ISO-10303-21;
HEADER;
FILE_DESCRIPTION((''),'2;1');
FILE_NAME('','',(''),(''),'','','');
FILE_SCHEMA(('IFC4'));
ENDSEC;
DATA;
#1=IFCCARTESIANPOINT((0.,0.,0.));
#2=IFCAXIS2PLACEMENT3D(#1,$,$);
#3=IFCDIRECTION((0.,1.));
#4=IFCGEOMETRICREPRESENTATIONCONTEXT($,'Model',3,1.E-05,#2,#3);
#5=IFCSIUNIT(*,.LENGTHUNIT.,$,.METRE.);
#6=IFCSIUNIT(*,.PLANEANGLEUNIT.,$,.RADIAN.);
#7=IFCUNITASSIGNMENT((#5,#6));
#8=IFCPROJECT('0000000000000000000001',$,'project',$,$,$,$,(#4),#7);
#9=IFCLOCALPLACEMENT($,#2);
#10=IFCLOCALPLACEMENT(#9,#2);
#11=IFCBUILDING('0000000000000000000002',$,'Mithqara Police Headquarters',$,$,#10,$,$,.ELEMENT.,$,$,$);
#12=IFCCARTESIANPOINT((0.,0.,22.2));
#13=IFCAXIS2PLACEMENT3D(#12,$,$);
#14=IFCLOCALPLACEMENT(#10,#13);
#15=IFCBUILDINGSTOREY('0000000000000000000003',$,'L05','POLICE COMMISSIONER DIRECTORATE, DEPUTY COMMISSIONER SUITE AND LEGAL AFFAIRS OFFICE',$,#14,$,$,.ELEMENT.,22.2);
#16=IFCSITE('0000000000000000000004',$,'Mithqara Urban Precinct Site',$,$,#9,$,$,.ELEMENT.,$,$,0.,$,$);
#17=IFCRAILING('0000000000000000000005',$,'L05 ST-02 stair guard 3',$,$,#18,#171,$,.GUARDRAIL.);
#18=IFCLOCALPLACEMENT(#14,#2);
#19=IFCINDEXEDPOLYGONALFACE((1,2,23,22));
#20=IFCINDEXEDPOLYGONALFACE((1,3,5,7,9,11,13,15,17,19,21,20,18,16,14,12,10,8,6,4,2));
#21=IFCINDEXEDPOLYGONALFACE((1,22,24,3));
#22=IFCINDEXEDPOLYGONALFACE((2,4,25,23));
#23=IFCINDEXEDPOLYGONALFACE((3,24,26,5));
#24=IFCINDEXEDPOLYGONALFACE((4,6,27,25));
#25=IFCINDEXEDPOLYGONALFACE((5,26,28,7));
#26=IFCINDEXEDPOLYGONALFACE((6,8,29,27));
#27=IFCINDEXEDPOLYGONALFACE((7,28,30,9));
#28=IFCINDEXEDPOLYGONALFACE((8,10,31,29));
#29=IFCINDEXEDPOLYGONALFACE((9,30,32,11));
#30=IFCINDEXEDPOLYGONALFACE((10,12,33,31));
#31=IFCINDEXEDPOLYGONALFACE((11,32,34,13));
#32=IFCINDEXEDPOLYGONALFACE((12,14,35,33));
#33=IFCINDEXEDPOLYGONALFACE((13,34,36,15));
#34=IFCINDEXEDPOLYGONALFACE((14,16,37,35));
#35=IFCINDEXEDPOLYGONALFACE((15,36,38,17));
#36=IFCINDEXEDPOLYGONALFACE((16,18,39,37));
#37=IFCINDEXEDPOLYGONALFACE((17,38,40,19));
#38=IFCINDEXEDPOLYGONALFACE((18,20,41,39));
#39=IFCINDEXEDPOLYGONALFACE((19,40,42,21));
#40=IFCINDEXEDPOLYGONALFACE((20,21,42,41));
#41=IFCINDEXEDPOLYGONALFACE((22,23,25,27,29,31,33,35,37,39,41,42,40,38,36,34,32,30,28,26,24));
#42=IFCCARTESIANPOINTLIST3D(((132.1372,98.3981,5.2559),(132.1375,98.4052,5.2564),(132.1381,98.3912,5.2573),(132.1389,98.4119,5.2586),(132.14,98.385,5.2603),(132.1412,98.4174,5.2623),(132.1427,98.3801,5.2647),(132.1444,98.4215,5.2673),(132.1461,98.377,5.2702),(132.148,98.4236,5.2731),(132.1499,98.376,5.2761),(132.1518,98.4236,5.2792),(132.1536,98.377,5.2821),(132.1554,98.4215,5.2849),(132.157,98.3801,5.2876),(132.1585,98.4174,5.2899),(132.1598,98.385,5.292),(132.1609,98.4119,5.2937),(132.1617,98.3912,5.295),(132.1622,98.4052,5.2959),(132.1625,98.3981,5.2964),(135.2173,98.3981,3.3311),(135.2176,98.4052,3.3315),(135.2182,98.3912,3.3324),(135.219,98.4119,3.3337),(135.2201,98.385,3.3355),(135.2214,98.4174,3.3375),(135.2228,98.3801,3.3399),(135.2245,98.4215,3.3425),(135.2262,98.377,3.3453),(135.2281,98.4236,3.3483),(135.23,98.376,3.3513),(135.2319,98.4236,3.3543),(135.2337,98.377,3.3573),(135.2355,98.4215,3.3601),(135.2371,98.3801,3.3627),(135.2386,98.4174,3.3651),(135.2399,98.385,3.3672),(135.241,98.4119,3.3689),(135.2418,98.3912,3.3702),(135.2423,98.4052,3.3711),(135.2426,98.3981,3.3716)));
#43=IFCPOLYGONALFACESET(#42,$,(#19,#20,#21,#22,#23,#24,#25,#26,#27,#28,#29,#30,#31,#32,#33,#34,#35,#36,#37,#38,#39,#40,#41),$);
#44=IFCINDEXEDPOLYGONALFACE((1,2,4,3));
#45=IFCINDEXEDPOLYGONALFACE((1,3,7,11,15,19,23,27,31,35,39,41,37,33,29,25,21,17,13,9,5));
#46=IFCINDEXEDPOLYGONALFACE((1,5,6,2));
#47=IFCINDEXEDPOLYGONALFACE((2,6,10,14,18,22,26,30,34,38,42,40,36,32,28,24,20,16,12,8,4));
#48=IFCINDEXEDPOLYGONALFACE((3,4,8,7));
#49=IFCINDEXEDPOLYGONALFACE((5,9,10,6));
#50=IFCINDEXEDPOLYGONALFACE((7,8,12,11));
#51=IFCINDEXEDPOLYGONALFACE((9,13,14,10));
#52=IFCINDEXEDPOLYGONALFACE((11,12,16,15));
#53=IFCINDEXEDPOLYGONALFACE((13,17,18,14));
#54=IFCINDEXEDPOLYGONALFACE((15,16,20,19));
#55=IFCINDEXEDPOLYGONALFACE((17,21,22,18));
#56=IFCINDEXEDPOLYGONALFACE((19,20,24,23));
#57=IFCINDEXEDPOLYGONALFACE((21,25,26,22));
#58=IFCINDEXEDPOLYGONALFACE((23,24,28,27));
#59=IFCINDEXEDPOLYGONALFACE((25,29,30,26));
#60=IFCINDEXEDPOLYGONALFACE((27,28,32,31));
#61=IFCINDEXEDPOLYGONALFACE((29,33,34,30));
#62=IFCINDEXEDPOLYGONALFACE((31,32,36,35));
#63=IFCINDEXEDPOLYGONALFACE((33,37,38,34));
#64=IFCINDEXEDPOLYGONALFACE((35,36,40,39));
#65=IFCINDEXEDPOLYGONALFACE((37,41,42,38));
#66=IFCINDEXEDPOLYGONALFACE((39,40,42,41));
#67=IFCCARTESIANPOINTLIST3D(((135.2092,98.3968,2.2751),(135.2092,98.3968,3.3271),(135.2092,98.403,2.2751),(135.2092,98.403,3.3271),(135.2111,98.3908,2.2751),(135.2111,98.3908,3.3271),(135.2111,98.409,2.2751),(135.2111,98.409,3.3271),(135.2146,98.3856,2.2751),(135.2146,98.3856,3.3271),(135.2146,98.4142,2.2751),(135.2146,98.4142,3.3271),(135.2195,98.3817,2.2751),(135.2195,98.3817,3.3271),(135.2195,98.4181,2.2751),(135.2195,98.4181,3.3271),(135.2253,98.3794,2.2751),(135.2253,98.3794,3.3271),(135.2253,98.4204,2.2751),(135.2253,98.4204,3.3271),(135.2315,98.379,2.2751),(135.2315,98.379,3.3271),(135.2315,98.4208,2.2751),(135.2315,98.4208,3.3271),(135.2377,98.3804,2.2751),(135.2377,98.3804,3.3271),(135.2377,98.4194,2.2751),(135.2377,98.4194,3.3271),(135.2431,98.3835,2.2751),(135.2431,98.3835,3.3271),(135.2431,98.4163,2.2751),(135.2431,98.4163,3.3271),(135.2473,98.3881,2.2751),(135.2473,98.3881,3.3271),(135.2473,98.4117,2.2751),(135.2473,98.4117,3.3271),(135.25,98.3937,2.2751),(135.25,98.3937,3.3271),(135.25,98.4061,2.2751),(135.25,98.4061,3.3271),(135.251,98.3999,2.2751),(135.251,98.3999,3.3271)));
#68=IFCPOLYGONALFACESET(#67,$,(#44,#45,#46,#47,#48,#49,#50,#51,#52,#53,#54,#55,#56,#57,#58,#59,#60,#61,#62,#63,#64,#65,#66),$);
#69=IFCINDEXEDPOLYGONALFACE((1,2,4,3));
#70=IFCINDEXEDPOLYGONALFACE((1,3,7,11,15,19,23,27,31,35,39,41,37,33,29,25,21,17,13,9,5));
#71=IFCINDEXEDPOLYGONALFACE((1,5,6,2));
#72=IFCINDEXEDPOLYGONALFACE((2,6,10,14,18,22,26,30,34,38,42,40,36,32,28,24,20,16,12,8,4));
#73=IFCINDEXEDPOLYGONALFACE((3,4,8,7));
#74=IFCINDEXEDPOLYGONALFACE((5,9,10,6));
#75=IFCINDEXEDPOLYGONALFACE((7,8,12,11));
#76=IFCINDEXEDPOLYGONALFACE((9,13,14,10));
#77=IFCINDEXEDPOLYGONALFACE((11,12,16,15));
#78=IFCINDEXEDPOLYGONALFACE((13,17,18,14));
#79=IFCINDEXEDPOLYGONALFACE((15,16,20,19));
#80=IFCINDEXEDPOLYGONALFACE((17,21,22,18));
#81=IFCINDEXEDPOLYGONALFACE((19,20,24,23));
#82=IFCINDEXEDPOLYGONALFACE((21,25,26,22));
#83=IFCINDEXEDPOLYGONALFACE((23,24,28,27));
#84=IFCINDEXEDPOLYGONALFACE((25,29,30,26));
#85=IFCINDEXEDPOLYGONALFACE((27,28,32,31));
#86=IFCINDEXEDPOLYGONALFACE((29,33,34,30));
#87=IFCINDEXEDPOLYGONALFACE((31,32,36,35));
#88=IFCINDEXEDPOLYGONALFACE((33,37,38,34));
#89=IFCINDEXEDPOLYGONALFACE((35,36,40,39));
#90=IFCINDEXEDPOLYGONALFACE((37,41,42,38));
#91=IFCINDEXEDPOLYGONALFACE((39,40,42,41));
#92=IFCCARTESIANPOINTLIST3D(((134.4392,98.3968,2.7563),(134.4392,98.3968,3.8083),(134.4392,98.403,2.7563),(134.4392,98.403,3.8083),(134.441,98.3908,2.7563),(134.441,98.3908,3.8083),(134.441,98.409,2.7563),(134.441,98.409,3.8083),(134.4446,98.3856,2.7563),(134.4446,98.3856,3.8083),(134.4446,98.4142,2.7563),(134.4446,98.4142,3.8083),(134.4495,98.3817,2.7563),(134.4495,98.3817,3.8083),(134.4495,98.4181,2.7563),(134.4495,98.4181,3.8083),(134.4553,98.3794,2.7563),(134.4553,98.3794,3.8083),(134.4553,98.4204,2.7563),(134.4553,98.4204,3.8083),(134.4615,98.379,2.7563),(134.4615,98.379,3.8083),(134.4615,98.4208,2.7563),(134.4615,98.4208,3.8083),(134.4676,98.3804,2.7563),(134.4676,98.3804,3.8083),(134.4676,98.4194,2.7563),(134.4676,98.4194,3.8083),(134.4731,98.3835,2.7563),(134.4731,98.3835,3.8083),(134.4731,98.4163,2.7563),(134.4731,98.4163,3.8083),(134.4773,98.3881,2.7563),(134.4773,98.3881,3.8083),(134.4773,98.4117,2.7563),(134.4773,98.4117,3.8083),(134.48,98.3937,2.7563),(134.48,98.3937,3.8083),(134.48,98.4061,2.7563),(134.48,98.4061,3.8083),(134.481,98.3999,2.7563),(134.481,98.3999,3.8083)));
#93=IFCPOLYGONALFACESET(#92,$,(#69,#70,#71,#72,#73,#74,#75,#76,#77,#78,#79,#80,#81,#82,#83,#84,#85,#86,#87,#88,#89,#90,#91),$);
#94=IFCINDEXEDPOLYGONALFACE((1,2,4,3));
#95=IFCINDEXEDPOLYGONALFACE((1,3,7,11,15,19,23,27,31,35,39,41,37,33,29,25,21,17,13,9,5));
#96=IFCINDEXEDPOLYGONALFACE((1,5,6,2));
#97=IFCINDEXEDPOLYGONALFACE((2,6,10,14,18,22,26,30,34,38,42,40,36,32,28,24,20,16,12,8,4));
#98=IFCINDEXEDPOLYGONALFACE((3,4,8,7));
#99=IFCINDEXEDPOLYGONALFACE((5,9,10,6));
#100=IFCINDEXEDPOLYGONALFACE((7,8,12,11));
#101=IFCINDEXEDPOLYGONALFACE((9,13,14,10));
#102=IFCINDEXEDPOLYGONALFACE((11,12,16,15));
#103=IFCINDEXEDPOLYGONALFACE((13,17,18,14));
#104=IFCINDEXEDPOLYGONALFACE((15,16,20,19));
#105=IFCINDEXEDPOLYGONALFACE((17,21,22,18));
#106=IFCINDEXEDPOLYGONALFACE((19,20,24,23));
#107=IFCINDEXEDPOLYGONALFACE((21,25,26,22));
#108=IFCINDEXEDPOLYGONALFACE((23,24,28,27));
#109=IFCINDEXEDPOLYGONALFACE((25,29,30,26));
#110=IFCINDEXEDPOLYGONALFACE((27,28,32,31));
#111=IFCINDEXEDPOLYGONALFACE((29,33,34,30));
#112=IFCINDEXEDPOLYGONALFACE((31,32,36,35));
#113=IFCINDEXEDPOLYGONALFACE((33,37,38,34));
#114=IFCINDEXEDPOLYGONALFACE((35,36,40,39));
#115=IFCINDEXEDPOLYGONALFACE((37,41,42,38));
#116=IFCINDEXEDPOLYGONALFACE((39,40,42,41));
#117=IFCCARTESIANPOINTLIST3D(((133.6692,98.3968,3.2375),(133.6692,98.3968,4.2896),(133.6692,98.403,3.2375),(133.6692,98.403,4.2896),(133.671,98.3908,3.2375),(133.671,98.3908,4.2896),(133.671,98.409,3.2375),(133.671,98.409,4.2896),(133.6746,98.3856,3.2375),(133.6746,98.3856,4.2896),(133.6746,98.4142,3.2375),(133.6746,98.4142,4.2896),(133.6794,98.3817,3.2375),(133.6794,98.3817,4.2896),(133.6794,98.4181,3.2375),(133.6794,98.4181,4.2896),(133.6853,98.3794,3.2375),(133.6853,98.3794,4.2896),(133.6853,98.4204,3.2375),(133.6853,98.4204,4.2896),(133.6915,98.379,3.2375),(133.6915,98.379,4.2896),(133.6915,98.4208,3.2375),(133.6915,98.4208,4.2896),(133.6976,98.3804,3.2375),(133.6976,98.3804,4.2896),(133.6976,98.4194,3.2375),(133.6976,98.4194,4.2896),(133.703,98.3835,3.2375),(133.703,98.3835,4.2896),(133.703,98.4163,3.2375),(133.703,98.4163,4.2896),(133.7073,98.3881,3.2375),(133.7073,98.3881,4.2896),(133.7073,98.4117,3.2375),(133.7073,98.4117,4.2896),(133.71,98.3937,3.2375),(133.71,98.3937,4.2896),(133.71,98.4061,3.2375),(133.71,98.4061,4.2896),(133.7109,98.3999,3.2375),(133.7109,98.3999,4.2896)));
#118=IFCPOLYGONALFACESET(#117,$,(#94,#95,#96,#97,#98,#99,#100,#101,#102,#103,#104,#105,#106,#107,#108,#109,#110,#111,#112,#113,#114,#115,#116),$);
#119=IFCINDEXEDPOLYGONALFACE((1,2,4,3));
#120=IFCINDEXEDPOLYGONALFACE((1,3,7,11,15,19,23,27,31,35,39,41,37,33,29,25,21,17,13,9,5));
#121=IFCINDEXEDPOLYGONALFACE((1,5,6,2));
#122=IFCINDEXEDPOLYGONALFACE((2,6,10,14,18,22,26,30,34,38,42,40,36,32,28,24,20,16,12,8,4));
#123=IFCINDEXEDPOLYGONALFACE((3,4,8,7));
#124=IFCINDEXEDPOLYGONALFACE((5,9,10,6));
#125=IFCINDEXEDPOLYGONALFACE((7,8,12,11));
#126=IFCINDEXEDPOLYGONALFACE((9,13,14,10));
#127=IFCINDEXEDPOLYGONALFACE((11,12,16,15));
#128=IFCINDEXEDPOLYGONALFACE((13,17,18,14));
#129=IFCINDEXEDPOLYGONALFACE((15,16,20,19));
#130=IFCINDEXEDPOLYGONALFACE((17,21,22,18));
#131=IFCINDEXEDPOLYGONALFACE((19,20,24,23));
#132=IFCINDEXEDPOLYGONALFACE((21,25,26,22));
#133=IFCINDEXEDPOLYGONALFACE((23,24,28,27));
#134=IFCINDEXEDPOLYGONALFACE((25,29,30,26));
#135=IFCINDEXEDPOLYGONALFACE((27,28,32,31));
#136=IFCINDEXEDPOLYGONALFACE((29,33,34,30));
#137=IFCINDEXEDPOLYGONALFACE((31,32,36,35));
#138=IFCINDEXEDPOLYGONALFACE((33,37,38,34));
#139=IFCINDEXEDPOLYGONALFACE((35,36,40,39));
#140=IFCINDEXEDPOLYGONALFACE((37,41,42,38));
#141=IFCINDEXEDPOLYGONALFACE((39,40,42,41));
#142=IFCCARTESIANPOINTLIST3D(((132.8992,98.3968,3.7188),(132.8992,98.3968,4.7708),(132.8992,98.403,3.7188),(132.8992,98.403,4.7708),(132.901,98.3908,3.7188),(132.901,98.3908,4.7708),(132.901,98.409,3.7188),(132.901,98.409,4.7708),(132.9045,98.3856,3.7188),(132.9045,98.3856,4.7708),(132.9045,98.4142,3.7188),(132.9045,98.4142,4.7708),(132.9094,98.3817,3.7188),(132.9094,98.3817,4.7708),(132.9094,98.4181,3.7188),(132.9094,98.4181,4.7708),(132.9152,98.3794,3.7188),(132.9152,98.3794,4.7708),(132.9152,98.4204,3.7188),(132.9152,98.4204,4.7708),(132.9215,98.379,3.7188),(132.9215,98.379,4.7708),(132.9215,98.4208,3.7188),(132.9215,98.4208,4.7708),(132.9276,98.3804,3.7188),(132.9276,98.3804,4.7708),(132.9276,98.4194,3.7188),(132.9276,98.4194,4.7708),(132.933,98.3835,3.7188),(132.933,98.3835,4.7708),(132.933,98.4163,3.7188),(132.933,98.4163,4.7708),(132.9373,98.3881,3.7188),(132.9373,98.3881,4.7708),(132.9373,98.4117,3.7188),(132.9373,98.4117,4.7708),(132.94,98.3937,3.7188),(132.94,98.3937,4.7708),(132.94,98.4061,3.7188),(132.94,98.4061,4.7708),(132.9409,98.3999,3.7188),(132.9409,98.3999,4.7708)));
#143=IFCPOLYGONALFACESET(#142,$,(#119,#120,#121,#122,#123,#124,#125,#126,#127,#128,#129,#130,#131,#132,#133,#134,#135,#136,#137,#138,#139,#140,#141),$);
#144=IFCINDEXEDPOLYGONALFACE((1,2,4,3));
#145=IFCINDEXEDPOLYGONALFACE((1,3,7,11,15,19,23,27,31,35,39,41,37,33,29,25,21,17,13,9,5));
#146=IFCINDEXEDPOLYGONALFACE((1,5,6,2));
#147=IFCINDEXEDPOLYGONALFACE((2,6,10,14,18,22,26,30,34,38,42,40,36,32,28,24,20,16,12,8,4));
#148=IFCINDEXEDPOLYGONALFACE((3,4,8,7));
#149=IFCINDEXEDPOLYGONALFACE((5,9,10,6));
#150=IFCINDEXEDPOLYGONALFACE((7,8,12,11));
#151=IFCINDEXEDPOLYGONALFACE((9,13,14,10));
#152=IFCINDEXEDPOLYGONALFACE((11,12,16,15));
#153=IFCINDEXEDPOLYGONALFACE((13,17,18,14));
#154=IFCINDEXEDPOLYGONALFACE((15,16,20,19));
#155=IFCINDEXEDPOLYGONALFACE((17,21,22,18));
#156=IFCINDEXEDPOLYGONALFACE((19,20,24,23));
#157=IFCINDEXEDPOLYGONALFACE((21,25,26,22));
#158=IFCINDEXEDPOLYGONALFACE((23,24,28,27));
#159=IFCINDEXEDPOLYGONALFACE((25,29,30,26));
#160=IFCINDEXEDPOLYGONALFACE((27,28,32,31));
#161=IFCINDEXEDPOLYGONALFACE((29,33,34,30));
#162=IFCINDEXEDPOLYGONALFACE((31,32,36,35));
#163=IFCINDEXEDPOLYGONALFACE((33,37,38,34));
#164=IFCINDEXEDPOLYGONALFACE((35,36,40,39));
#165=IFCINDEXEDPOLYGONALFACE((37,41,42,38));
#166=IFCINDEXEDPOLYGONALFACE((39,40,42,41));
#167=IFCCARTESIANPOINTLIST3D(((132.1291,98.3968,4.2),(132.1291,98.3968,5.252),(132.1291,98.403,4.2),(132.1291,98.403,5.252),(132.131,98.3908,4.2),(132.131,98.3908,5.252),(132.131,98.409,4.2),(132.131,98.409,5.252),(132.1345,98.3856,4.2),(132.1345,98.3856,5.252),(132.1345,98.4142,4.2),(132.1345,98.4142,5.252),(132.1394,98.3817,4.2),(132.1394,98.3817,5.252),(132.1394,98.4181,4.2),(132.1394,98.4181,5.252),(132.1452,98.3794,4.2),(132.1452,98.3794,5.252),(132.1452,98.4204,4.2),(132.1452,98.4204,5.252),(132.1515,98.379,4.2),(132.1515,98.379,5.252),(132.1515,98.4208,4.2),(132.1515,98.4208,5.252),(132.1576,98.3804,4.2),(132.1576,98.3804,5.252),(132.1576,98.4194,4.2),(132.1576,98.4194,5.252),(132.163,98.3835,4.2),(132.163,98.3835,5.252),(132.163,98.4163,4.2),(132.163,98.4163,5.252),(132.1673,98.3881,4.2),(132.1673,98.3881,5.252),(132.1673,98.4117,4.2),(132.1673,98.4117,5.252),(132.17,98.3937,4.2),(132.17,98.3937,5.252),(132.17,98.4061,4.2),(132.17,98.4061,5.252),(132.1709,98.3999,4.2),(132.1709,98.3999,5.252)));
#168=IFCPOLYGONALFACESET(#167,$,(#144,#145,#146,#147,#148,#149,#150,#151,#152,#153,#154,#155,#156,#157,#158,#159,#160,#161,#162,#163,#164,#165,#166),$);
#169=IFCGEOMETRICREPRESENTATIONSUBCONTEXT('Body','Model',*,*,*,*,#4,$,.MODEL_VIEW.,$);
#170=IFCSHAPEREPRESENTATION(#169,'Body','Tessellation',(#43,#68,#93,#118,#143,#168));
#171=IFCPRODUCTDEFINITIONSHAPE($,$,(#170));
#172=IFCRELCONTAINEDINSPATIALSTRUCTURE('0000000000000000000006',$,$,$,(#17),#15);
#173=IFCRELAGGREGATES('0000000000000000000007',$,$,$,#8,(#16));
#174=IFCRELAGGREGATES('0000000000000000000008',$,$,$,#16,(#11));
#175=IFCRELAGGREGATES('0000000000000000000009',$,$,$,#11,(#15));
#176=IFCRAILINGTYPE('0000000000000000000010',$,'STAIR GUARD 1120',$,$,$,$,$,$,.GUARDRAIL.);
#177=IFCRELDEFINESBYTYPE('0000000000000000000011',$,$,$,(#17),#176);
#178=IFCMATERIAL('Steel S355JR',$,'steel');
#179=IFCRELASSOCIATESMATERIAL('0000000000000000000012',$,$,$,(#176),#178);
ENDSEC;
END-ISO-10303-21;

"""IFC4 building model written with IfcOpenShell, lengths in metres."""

from ifc_helpers import new_model, si_unit, direction, frame, origin, origin_2d, place, context, subcontext, project, spatial, circle, extrude, material, type_object, element, save


model = new_model("IFC4")

# Units and contexts
model_context = context("Model", 3, precision=1e-05, world=origin(), true_north=direction((0.0, 1.0)))
body_context = subcontext(model_context, "Body", "Model", "MODEL_VIEW")
ifc_project = project(units=[si_unit("LENGTHUNIT", "METRE"), si_unit("PLANEANGLEUNIT", "RADIAN")], contexts=[model_context])

# Site, building, storey
site_placement = place(None, origin())
site = spatial("IfcSite", under=ifc_project, at=site_placement, Name="Mithqara Urban Precinct Site", CompositionType="ELEMENT", RefElevation=0.0)
building_placement = place(site_placement, origin())
building = spatial("IfcBuilding", under=site, at=building_placement, Name="Mithqara Police Headquarters", CompositionType="ELEMENT")
storey_placement = place(building_placement, frame((0.0, 0.0, 22.2)))
storey = spatial("IfcBuildingStorey", under=building, at=storey_placement, Name="L05", Description="POLICE COMMISSIONER DIRECTORATE, DEPUTY COMMISSIONER SUITE AND LEGAL AFFAIRS OFFICE", CompositionType="ELEMENT", Elevation=22.2)

# Shared definitions
ifc_material_1 = material(Name="Steel S355JR", Category="steel")

# Railing
railing_type_1 = type_object("IfcRailingType", Name="STAIR GUARD 1120", PredefinedType="GUARDRAIL", material=ifc_material_1)
railing_1_placement = place(storey_placement, frame((135.23, 98.3999, 2.2751)))
element("IfcRailing", 1, at=railing_1_placement, inside=storey, type_object=railing_type_1, Name="L05 ST-02 stair guard 3", PredefinedType="GUARDRAIL", context=body_context, shape_type="SweptSolid", body=[
    extrude(circle(Radius=0.0239, at=origin_2d()), frame((0.0, 0.0, 1.0762), z_axis=(-0.848029, 0.0, 0.529951), x_axis=(0.0, -1.0, 0.0)), (0.0, 0.0, 1.0), 3.6321),
    extrude(circle(Radius=0.021, at=origin_2d()), origin(), (0.0, 0.0, 1.0), 1.052),
    extrude(circle(Radius=0.021, at=origin_2d()), frame((-0.77, 0.0, 0.4812)), (0.0, 0.0, 1.0), 1.052),
    extrude(circle(Radius=0.021, at=origin_2d()), frame((-1.54, 0.0, 0.9624)), (0.0, 0.0, 1.0), 1.052),
    extrude(circle(Radius=0.021, at=origin_2d()), frame((-2.3101, 0.0, 1.4436)), (0.0, 0.0, 1.0), 1.052),
    extrude(circle(Radius=0.021, at=origin_2d()), frame((-3.0801, 0.0, 1.9248)), (0.0, 0.0, 1.0), 1.052),
])

save(model, "model.ifc")
